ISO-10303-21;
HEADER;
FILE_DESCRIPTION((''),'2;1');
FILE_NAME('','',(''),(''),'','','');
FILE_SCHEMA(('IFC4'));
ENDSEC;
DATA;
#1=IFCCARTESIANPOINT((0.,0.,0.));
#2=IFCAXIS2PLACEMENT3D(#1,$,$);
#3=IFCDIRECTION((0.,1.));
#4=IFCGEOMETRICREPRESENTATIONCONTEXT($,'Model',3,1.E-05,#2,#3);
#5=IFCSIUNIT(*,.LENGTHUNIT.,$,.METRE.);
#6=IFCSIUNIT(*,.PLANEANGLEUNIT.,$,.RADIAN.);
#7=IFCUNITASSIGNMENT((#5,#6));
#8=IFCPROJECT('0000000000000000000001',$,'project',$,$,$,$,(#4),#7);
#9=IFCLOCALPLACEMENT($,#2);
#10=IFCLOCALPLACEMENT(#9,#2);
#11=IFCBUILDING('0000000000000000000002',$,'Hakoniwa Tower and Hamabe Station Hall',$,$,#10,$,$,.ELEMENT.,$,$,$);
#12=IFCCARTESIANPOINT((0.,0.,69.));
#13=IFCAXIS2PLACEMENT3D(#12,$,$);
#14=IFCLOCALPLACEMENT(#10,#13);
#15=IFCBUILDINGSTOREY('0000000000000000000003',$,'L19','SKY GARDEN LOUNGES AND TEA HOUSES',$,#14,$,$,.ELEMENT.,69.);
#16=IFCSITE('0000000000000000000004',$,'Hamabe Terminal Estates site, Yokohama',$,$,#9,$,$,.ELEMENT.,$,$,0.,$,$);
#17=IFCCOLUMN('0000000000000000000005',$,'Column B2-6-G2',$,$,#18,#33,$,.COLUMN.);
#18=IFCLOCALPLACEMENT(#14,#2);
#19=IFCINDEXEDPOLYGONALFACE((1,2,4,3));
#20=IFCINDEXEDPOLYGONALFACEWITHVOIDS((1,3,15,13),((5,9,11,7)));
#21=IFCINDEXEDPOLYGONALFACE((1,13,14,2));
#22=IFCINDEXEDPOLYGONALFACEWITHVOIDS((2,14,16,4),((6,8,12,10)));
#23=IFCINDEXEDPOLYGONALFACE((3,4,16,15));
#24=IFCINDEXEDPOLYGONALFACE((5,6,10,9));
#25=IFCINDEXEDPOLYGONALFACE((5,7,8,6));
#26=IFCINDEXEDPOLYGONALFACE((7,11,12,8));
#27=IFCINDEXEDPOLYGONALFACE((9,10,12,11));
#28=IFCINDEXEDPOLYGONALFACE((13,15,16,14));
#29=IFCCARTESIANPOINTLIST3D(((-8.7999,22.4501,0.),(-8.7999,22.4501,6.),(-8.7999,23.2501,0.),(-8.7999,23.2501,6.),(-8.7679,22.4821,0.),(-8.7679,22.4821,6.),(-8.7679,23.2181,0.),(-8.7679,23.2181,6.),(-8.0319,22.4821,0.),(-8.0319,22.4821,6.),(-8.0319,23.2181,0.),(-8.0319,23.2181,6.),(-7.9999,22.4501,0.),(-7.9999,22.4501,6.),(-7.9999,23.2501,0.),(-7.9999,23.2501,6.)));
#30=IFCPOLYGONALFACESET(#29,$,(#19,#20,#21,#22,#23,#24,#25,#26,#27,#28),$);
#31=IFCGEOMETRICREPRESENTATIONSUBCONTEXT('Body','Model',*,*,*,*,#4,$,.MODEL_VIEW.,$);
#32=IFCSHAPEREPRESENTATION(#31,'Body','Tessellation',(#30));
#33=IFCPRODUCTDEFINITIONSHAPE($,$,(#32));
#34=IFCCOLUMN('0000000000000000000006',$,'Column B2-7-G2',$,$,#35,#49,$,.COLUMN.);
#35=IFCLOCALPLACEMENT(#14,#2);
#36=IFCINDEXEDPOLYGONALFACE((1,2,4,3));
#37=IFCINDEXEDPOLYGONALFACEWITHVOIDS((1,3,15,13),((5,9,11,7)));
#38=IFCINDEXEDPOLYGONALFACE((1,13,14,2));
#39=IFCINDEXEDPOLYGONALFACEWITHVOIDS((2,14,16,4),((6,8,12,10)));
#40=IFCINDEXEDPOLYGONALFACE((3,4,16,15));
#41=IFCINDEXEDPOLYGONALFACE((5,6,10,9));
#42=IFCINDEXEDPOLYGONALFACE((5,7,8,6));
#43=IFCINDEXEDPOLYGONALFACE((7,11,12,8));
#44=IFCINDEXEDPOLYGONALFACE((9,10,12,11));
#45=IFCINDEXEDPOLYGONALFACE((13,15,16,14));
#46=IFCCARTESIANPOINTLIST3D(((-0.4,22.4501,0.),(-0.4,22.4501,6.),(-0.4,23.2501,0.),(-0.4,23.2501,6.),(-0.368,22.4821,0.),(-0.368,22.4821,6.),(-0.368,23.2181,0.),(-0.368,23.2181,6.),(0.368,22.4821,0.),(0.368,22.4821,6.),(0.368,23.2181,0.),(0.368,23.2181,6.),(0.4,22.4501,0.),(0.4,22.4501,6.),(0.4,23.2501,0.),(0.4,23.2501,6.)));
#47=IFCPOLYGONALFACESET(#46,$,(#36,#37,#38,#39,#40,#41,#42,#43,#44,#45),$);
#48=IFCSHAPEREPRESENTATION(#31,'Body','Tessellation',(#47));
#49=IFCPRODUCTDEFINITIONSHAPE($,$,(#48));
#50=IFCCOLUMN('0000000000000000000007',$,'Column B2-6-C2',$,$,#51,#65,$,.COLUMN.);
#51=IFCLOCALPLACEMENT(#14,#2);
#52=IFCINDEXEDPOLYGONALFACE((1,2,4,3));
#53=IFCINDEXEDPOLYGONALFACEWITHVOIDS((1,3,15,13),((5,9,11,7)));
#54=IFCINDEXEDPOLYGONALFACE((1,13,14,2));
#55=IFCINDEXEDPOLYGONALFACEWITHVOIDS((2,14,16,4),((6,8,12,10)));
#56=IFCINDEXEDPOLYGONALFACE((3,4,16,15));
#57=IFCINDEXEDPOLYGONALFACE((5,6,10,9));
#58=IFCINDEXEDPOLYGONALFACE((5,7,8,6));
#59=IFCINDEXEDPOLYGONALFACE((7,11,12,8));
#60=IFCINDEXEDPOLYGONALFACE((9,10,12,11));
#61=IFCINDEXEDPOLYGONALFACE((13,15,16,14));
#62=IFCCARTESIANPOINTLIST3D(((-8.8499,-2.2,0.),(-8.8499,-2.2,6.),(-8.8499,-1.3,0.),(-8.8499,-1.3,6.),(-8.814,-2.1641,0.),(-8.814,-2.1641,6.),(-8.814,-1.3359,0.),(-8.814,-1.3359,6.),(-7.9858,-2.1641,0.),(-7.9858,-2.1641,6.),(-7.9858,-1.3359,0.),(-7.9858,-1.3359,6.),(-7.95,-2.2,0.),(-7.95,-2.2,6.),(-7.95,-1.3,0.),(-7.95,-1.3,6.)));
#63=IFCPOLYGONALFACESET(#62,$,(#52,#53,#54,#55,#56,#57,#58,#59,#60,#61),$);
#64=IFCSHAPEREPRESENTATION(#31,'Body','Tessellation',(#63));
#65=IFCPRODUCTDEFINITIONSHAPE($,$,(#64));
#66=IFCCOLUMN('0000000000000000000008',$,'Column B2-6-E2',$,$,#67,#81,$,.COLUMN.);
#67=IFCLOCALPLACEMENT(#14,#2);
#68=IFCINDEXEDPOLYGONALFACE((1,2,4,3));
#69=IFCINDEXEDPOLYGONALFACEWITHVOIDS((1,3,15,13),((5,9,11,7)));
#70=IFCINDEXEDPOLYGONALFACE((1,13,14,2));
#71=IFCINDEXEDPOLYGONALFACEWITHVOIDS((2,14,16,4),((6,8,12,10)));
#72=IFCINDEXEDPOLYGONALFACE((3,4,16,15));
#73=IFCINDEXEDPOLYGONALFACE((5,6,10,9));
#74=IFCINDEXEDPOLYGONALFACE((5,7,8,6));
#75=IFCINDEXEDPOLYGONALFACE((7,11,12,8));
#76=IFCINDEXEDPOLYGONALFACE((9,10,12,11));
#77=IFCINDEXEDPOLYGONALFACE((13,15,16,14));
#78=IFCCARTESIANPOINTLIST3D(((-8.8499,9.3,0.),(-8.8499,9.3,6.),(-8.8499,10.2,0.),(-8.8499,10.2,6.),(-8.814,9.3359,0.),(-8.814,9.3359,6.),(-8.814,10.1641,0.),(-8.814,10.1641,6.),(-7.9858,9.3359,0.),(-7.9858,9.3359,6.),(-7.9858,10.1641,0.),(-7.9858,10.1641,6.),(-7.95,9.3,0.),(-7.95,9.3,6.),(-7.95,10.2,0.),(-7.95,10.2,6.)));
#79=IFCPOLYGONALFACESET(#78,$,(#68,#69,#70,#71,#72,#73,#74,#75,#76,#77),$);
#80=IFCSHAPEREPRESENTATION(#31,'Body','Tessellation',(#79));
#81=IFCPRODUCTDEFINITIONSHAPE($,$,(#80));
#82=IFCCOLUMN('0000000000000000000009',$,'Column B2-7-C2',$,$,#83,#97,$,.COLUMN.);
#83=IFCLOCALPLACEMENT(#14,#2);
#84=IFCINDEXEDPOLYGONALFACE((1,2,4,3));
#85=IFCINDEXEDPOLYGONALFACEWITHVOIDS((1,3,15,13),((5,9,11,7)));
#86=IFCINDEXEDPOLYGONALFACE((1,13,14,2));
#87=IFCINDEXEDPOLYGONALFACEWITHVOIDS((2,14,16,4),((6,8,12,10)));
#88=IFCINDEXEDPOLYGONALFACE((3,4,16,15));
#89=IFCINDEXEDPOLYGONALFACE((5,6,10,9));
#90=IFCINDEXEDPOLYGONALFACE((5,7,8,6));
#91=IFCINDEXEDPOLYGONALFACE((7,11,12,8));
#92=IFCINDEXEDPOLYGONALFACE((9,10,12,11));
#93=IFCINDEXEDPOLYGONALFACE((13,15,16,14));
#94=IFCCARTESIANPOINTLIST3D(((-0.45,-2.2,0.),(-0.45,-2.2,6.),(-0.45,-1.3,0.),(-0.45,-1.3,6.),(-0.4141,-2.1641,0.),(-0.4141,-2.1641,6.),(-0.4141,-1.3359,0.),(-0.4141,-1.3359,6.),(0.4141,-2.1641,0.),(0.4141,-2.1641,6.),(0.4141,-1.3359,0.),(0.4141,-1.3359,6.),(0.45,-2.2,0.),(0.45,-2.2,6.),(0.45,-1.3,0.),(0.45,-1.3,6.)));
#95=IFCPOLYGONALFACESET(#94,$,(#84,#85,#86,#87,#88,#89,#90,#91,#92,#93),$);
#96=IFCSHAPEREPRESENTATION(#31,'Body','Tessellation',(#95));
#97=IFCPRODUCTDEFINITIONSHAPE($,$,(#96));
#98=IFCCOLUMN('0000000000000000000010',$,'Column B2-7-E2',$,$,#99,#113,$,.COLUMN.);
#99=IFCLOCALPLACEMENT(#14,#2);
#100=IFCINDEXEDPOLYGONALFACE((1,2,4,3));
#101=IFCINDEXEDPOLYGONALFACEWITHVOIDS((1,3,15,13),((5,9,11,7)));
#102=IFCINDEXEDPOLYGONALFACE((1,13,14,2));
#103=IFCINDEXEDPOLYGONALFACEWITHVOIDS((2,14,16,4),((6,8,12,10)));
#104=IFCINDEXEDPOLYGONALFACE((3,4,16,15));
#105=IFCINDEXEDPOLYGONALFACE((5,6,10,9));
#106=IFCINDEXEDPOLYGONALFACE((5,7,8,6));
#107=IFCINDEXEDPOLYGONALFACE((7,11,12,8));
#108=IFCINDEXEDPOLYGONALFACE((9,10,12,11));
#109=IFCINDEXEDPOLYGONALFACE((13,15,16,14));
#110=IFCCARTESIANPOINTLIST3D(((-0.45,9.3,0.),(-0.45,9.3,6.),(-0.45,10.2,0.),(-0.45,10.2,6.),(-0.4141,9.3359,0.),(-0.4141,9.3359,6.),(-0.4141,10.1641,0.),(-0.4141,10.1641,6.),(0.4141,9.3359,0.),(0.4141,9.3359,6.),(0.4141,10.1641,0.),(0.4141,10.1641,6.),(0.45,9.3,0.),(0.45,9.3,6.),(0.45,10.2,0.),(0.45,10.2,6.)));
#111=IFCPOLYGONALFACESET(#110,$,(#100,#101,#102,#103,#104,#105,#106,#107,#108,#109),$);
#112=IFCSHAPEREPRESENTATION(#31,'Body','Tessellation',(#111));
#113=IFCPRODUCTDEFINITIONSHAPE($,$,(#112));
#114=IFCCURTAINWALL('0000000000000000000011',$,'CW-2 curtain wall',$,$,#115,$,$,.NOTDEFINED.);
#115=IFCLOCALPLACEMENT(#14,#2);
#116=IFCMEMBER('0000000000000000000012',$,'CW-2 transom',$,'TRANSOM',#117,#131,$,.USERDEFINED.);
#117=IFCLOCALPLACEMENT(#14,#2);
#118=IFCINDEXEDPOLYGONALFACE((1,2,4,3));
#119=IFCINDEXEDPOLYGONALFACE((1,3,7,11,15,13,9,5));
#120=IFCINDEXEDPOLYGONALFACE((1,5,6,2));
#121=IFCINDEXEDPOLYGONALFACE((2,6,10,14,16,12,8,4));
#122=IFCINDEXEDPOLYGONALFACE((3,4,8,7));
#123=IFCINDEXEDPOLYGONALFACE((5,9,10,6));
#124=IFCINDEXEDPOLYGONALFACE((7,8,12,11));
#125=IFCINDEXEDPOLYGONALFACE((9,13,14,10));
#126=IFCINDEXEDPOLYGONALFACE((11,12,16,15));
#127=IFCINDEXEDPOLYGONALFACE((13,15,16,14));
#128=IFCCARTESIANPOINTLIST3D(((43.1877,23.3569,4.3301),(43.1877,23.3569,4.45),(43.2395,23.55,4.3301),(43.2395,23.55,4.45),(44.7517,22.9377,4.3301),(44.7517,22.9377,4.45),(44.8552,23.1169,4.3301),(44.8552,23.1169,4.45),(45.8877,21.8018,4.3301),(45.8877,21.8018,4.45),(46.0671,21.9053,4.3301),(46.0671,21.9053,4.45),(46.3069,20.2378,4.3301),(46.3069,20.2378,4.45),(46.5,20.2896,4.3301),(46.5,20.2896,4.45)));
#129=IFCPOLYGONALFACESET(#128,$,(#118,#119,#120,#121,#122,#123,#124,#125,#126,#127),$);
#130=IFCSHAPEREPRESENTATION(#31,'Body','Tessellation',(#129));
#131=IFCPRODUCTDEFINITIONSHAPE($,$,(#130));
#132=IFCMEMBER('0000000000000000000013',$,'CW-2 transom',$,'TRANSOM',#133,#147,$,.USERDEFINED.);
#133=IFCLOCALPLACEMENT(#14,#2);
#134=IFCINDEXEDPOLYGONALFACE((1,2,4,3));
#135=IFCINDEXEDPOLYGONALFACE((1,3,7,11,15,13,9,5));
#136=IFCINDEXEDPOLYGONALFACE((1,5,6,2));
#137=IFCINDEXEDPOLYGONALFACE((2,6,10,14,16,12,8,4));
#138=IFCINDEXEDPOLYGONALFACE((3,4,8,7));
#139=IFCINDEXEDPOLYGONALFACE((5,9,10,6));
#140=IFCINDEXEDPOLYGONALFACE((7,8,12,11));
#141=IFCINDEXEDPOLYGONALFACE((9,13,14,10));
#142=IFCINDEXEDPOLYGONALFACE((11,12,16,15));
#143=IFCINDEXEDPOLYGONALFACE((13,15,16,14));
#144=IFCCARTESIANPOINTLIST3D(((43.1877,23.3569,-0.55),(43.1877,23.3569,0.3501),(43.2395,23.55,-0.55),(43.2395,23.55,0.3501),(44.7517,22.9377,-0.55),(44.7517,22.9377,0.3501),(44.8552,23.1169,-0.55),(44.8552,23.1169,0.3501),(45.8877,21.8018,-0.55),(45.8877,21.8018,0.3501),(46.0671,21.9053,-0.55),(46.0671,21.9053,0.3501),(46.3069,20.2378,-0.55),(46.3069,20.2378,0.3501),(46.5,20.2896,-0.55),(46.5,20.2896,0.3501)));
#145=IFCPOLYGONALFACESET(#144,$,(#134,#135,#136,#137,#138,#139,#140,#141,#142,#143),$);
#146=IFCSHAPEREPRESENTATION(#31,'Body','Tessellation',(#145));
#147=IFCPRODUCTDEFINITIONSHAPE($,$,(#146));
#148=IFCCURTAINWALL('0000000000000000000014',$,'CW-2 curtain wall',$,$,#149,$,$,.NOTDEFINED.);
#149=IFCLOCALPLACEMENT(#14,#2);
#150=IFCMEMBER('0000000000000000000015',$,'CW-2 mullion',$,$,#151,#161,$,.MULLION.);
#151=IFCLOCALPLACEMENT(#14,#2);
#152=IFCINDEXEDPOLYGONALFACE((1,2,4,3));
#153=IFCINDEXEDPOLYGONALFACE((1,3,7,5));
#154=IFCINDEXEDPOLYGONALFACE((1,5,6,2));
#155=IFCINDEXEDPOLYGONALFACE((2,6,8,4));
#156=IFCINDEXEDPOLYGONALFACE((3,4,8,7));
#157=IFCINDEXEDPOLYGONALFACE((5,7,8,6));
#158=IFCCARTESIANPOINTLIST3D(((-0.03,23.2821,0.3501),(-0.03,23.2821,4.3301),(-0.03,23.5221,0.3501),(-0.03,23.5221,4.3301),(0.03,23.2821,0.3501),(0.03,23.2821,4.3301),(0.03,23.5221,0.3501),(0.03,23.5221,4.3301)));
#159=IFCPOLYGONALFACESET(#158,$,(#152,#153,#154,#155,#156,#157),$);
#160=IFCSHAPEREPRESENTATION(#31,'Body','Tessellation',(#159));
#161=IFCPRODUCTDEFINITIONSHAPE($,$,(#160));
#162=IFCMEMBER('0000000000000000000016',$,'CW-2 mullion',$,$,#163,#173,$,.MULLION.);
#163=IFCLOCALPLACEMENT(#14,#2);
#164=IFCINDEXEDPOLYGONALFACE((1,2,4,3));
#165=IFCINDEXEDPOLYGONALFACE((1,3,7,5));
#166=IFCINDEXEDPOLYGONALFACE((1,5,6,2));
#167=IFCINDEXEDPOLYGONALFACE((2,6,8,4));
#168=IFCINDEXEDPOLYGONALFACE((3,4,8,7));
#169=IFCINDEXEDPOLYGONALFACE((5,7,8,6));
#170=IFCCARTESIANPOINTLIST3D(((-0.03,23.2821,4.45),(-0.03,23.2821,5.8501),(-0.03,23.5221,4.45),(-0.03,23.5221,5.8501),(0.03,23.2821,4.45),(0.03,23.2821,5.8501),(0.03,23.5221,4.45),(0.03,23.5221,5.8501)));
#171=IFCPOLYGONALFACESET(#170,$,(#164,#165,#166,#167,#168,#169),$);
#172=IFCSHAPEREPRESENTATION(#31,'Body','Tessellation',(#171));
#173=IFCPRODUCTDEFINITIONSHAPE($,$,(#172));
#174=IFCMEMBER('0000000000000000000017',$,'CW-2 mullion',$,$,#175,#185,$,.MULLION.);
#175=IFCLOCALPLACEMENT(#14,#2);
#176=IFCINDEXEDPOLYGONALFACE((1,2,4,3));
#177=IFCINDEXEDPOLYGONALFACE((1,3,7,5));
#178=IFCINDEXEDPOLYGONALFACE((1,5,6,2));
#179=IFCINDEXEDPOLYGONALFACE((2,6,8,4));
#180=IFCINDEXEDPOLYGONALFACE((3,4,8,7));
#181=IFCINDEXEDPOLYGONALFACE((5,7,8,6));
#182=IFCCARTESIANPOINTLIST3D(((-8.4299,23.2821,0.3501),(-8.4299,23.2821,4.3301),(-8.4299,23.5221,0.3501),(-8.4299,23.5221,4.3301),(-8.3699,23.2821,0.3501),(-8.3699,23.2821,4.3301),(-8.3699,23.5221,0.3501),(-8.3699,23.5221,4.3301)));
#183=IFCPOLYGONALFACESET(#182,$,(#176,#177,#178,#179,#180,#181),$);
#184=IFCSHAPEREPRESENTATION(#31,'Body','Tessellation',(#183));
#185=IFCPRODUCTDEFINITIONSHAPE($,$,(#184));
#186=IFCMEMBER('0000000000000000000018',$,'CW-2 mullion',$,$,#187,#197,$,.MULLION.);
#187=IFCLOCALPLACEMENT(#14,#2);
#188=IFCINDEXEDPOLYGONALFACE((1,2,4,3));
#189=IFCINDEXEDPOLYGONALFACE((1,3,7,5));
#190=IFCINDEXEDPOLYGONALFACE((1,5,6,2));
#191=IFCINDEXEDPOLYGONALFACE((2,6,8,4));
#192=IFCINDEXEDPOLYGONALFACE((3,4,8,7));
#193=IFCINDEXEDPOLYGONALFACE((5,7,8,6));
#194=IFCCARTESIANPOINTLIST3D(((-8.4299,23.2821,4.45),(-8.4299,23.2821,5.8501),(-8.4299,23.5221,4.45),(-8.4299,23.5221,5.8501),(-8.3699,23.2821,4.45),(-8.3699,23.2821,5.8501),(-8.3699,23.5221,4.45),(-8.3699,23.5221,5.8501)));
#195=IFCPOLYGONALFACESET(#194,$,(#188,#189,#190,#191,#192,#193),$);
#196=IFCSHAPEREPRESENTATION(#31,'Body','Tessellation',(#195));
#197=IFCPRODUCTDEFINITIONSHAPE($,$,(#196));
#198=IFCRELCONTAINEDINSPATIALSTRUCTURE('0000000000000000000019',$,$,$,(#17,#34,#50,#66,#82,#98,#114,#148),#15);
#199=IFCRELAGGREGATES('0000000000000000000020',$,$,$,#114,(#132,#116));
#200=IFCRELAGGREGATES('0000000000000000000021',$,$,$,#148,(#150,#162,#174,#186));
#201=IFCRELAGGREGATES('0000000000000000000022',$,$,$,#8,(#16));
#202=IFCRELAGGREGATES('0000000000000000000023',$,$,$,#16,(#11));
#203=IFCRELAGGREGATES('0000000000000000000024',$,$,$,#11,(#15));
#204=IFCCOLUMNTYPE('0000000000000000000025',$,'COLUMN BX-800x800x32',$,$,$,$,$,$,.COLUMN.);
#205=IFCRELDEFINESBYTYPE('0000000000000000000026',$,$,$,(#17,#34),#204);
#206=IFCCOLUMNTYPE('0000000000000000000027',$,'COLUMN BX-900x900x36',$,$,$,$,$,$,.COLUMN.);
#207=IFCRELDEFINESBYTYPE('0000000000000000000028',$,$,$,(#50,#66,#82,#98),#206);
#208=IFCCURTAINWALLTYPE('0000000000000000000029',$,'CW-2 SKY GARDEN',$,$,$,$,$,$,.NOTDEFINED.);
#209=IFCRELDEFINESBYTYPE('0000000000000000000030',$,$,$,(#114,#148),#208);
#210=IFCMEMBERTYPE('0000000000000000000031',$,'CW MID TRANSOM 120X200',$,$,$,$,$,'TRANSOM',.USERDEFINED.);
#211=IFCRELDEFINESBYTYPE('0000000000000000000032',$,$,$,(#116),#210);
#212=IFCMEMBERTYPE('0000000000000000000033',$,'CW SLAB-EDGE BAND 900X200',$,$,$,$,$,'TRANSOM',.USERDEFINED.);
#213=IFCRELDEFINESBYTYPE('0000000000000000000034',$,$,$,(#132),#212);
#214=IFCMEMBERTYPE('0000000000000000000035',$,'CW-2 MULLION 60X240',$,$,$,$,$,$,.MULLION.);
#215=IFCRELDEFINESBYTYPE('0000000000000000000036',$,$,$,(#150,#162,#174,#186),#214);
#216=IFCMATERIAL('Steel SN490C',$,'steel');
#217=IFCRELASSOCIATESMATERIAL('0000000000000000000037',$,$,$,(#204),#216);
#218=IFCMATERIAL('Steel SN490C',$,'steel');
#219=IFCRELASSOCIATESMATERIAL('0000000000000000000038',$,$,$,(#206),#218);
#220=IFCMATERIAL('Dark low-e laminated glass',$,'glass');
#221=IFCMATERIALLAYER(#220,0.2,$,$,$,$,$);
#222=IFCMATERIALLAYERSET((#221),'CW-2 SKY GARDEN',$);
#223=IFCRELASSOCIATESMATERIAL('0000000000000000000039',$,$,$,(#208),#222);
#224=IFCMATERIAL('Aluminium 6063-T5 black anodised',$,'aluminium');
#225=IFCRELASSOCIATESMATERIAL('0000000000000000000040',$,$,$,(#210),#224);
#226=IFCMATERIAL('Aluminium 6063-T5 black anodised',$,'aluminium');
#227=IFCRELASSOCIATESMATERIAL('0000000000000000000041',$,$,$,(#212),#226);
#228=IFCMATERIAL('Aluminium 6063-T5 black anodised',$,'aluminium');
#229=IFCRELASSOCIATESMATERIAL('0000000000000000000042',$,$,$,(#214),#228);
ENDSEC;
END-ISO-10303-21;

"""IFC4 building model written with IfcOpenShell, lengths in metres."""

from ifc_helpers import new_model, si_unit, direction, frame, origin, origin_2d, place, context, subcontext, project, spatial, polyline, rectangle, hollow_rectangle, outline, extrude, material, layer, layer_set, material_profile, profile_set, type_object, element, aggregate, save


model = new_model("IFC4")

# Units and contexts
model_context = context("Model", 3, precision=1e-05, world=origin(), true_north=direction((0.0, 1.0)))
body_context = subcontext(model_context, "Body", "Model", "MODEL_VIEW")
ifc_project = project(units=[si_unit("LENGTHUNIT", "METRE"), si_unit("PLANEANGLEUNIT", "RADIAN")], contexts=[model_context])

# Site, building, storey
site_placement = place(None, origin())
site = spatial("IfcSite", under=ifc_project, at=site_placement, Name="Hamabe Terminal Estates site, Yokohama", CompositionType="ELEMENT", RefElevation=0.0)
building_placement = place(site_placement, origin())
building = spatial("IfcBuilding", under=site, at=building_placement, Name="Hakoniwa Tower and Hamabe Station Hall", CompositionType="ELEMENT")
storey_placement = place(building_placement, frame((0.0, 0.0, 69.0)))
storey = spatial("IfcBuildingStorey", under=building, at=storey_placement, Name="L19", Description="SKY GARDEN LOUNGES AND TEA HOUSES", CompositionType="ELEMENT", Elevation=69.0)

# Columns
ifc_material_1 = material(Name="Steel SN490C", Category="steel")
ifc_material_profile_1 = material_profile(ifc_material_1, hollow_rectangle(XDim=0.8, YDim=0.8, WallThickness=0.032, at=origin_2d()), Name="BX-800x800x32")
ifc_profile_set_1 = profile_set([ifc_material_profile_1], Name="Steel SN490C")
column_type_1 = type_object("IfcColumnType", Name="COLUMN BX-800x800x32", PredefinedType="COLUMN", material=ifc_profile_set_1)
for number, where, z_axis, x_axis, name in (
    (1, (-8.3999, 22.8501, 0.0), (0.0, 0.0, 1.0), (1.0, 0.0, 0.0), "Column B2-6-G2"),
    (2, (0.0, 22.8501, 0.0), (0.0, 0.0, 1.0), (1.0, 0.0, 0.0), "Column B2-7-G2"),
):
    element("IfcColumn", number, at=place(storey_placement, frame(where, z_axis=z_axis, x_axis=x_axis)), inside=storey, type_object=column_type_1, Name=name, PredefinedType="COLUMN", context=body_context, shape_type="SweptSolid", body=[
        extrude(hollow_rectangle(XDim=0.8, YDim=0.8, WallThickness=0.032, at=origin_2d()), origin(), (0.0, 0.0, 1.0), 6.0),
    ])
ifc_material_2 = material(Name="Steel SN490C", Category="steel")
ifc_material_profile_2 = material_profile(ifc_material_2, hollow_rectangle(XDim=0.8999, YDim=0.8999, WallThickness=0.0359, at=origin_2d()), Name="BX-900x900x36")
ifc_profile_set_2 = profile_set([ifc_material_profile_2], Name="Steel SN490C")
column_type_2 = type_object("IfcColumnType", Name="COLUMN BX-900x900x36", PredefinedType="COLUMN", material=ifc_profile_set_2)
for number, where, z_axis, x_axis, name in (
    (3, (-8.3999, -1.75, 0.0), (0.0, 0.0, 1.0), (1.0, 0.0, 0.0), "Column B2-6-C2"),
    (4, (-8.3999, 9.75, 0.0), (0.0, 0.0, 1.0), (1.0, 0.0, 0.0), "Column B2-6-E2"),
    (5, (0.0, -1.75, 0.0), (0.0, 0.0, 1.0), (1.0, 0.0, 0.0), "Column B2-7-C2"),
    (6, (0.0, 9.75, 0.0), (0.0, 0.0, 1.0), (1.0, 0.0, 0.0), "Column B2-7-E2"),
):
    element("IfcColumn", number, at=place(storey_placement, frame(where, z_axis=z_axis, x_axis=x_axis)), inside=storey, type_object=column_type_2, Name=name, PredefinedType="COLUMN", context=body_context, shape_type="SweptSolid", body=[
        extrude(hollow_rectangle(XDim=0.8999, YDim=0.8999, WallThickness=0.0359, at=origin_2d()), origin(), (0.0, 0.0, 1.0), 6.0),
    ])

# Curtain walls, members
ifc_material_3 = material(Name="Dark low-e laminated glass", Category="glass")
ifc_layer_1 = layer(ifc_material_3, 0.2)
ifc_layer_set_1 = layer_set([ifc_layer_1], Name="CW-2 SKY GARDEN")
curtain_wall_type = type_object("IfcCurtainWallType", Name="CW-2 SKY GARDEN", PredefinedType="NOTDEFINED", material=ifc_layer_set_1)
curtain_wall_1_placement = place(storey_placement, origin())
curtain_wall_1 = element("IfcCurtainWall", 7, at=curtain_wall_1_placement, inside=storey, type_object=curtain_wall_type, Name="CW-2 curtain wall", PredefinedType="NOTDEFINED")
ifc_material_4 = material(Name="Aluminium 6063-T5 black anodised", Category="aluminium")
ifc_material_profile_3 = material_profile(ifc_material_4, rectangle(XDim=0.2, YDim=0.1201, at=origin_2d()), Name="CW MID TRANSOM 120X200")
ifc_profile_set_3 = profile_set([ifc_material_profile_3], Name="Aluminium 6063-T5 black anodised")
member_type_1 = type_object("IfcMemberType", Name="CW MID TRANSOM 120X200", ElementType="TRANSOM", PredefinedType="USERDEFINED", material=ifc_profile_set_3)
member_1_placement = place(storey_placement, frame((0.0, 0.0, 4.3301)))
member_1 = element("IfcMember", 8, at=member_1_placement, type_object=member_type_1, Name="CW-2 transom", ObjectType="TRANSOM", PredefinedType="USERDEFINED", context=body_context, shape_type="SweptSolid", body=[
    extrude(outline(polyline([(46.5, 20.2896), (46.0671, 21.9053), (44.8552, 23.1169), (43.2395, 23.55), (43.1877, 23.3569), (44.7517, 22.9377), (45.8877, 21.8018), (46.3069, 20.2378), (46.5, 20.2896)])), origin(), (0.0, 0.0, 1.0), 0.1199),
])
ifc_material_5 = material(Name="Aluminium 6063-T5 black anodised", Category="aluminium")
ifc_material_profile_4 = material_profile(ifc_material_5, rectangle(XDim=0.2, YDim=0.8999, at=origin_2d()), Name="CW SLAB-EDGE BAND 900X200")
ifc_profile_set_4 = profile_set([ifc_material_profile_4], Name="Aluminium 6063-T5 black anodised")
member_type_2 = type_object("IfcMemberType", Name="CW SLAB-EDGE BAND 900X200", ElementType="TRANSOM", PredefinedType="USERDEFINED", material=ifc_profile_set_4)
member_2_placement = place(storey_placement, frame((0.0, 0.0, -0.55)))
member_2 = element("IfcMember", 9, at=member_2_placement, type_object=member_type_2, Name="CW-2 transom", ObjectType="TRANSOM", PredefinedType="USERDEFINED", context=body_context, shape_type="SweptSolid", body=[
    extrude(outline(polyline([(46.5, 20.2896), (46.0671, 21.9053), (44.8552, 23.1169), (43.2395, 23.55), (43.1877, 23.3569), (44.7517, 22.9377), (45.8877, 21.8018), (46.3069, 20.2378), (46.5, 20.2896)])), origin(), (0.0, 0.0, 1.0), 0.9001),
])
curtain_wall_2_placement = place(storey_placement, origin())
curtain_wall_2 = element("IfcCurtainWall", 10, at=curtain_wall_2_placement, inside=storey, type_object=curtain_wall_type, Name="CW-2 curtain wall", PredefinedType="NOTDEFINED")
ifc_material_6 = material(Name="Aluminium 6063-T5 black anodised", Category="aluminium")
ifc_material_profile_5 = material_profile(ifc_material_6, rectangle(XDim=0.0601, YDim=0.24, at=origin_2d()), Name="CW-2 MULLION 60X240")
ifc_profile_set_5 = profile_set([ifc_material_profile_5], Name="Aluminium 6063-T5 black anodised")
member_type_3 = type_object("IfcMemberType", Name="CW-2 MULLION 60X240", PredefinedType="MULLION", material=ifc_profile_set_5)
member_3_placement = place(storey_placement, frame((0.0, 23.4021, 0.3501), z_axis=(0.0, 0.0, 1.0), x_axis=(-1.0, 0.0, 0.0)))
member_3 = element("IfcMember", 11, at=member_3_placement, type_object=member_type_3, Name="CW-2 mullion", PredefinedType="MULLION", context=body_context, shape_type="SweptSolid", body=[
    extrude(rectangle(XDim=0.0601, YDim=0.24, at=origin_2d()), origin(), (0.0, 0.0, 1.0), 3.98),
])
member_4_placement = place(storey_placement, frame((0.0, 23.4021, 4.45), z_axis=(0.0, 0.0, 1.0), x_axis=(-1.0, 0.0, 0.0)))
member_4 = element("IfcMember", 12, at=member_4_placement, type_object=member_type_3, Name="CW-2 mullion", PredefinedType="MULLION", context=body_context, shape_type="SweptSolid", body=[
    extrude(rectangle(XDim=0.0601, YDim=0.24, at=origin_2d()), origin(), (0.0, 0.0, 1.0), 1.4001),
])
member_5_placement = place(storey_placement, frame((-8.3999, 23.4021, 0.3501), z_axis=(0.0, 0.0, 1.0), x_axis=(-1.0, 0.0, 0.0)))
member_5 = element("IfcMember", 13, at=member_5_placement, type_object=member_type_3, Name="CW-2 mullion", PredefinedType="MULLION", context=body_context, shape_type="SweptSolid", body=[
    extrude(rectangle(XDim=0.0601, YDim=0.24, at=origin_2d()), origin(), (0.0, 0.0, 1.0), 3.98),
])
member_6_placement = place(storey_placement, frame((-8.3999, 23.4021, 4.45), z_axis=(0.0, 0.0, 1.0), x_axis=(-1.0, 0.0, 0.0)))
member_6 = element("IfcMember", 14, at=member_6_placement, type_object=member_type_3, Name="CW-2 mullion", PredefinedType="MULLION", context=body_context, shape_type="SweptSolid", body=[
    extrude(rectangle(XDim=0.0601, YDim=0.24, at=origin_2d()), origin(), (0.0, 0.0, 1.0), 1.4001),
])

aggregate(curtain_wall_1, [member_2, member_1])

aggregate(curtain_wall_2, [member_3, member_4, member_5, member_6])

save(model, "model.ifc")
